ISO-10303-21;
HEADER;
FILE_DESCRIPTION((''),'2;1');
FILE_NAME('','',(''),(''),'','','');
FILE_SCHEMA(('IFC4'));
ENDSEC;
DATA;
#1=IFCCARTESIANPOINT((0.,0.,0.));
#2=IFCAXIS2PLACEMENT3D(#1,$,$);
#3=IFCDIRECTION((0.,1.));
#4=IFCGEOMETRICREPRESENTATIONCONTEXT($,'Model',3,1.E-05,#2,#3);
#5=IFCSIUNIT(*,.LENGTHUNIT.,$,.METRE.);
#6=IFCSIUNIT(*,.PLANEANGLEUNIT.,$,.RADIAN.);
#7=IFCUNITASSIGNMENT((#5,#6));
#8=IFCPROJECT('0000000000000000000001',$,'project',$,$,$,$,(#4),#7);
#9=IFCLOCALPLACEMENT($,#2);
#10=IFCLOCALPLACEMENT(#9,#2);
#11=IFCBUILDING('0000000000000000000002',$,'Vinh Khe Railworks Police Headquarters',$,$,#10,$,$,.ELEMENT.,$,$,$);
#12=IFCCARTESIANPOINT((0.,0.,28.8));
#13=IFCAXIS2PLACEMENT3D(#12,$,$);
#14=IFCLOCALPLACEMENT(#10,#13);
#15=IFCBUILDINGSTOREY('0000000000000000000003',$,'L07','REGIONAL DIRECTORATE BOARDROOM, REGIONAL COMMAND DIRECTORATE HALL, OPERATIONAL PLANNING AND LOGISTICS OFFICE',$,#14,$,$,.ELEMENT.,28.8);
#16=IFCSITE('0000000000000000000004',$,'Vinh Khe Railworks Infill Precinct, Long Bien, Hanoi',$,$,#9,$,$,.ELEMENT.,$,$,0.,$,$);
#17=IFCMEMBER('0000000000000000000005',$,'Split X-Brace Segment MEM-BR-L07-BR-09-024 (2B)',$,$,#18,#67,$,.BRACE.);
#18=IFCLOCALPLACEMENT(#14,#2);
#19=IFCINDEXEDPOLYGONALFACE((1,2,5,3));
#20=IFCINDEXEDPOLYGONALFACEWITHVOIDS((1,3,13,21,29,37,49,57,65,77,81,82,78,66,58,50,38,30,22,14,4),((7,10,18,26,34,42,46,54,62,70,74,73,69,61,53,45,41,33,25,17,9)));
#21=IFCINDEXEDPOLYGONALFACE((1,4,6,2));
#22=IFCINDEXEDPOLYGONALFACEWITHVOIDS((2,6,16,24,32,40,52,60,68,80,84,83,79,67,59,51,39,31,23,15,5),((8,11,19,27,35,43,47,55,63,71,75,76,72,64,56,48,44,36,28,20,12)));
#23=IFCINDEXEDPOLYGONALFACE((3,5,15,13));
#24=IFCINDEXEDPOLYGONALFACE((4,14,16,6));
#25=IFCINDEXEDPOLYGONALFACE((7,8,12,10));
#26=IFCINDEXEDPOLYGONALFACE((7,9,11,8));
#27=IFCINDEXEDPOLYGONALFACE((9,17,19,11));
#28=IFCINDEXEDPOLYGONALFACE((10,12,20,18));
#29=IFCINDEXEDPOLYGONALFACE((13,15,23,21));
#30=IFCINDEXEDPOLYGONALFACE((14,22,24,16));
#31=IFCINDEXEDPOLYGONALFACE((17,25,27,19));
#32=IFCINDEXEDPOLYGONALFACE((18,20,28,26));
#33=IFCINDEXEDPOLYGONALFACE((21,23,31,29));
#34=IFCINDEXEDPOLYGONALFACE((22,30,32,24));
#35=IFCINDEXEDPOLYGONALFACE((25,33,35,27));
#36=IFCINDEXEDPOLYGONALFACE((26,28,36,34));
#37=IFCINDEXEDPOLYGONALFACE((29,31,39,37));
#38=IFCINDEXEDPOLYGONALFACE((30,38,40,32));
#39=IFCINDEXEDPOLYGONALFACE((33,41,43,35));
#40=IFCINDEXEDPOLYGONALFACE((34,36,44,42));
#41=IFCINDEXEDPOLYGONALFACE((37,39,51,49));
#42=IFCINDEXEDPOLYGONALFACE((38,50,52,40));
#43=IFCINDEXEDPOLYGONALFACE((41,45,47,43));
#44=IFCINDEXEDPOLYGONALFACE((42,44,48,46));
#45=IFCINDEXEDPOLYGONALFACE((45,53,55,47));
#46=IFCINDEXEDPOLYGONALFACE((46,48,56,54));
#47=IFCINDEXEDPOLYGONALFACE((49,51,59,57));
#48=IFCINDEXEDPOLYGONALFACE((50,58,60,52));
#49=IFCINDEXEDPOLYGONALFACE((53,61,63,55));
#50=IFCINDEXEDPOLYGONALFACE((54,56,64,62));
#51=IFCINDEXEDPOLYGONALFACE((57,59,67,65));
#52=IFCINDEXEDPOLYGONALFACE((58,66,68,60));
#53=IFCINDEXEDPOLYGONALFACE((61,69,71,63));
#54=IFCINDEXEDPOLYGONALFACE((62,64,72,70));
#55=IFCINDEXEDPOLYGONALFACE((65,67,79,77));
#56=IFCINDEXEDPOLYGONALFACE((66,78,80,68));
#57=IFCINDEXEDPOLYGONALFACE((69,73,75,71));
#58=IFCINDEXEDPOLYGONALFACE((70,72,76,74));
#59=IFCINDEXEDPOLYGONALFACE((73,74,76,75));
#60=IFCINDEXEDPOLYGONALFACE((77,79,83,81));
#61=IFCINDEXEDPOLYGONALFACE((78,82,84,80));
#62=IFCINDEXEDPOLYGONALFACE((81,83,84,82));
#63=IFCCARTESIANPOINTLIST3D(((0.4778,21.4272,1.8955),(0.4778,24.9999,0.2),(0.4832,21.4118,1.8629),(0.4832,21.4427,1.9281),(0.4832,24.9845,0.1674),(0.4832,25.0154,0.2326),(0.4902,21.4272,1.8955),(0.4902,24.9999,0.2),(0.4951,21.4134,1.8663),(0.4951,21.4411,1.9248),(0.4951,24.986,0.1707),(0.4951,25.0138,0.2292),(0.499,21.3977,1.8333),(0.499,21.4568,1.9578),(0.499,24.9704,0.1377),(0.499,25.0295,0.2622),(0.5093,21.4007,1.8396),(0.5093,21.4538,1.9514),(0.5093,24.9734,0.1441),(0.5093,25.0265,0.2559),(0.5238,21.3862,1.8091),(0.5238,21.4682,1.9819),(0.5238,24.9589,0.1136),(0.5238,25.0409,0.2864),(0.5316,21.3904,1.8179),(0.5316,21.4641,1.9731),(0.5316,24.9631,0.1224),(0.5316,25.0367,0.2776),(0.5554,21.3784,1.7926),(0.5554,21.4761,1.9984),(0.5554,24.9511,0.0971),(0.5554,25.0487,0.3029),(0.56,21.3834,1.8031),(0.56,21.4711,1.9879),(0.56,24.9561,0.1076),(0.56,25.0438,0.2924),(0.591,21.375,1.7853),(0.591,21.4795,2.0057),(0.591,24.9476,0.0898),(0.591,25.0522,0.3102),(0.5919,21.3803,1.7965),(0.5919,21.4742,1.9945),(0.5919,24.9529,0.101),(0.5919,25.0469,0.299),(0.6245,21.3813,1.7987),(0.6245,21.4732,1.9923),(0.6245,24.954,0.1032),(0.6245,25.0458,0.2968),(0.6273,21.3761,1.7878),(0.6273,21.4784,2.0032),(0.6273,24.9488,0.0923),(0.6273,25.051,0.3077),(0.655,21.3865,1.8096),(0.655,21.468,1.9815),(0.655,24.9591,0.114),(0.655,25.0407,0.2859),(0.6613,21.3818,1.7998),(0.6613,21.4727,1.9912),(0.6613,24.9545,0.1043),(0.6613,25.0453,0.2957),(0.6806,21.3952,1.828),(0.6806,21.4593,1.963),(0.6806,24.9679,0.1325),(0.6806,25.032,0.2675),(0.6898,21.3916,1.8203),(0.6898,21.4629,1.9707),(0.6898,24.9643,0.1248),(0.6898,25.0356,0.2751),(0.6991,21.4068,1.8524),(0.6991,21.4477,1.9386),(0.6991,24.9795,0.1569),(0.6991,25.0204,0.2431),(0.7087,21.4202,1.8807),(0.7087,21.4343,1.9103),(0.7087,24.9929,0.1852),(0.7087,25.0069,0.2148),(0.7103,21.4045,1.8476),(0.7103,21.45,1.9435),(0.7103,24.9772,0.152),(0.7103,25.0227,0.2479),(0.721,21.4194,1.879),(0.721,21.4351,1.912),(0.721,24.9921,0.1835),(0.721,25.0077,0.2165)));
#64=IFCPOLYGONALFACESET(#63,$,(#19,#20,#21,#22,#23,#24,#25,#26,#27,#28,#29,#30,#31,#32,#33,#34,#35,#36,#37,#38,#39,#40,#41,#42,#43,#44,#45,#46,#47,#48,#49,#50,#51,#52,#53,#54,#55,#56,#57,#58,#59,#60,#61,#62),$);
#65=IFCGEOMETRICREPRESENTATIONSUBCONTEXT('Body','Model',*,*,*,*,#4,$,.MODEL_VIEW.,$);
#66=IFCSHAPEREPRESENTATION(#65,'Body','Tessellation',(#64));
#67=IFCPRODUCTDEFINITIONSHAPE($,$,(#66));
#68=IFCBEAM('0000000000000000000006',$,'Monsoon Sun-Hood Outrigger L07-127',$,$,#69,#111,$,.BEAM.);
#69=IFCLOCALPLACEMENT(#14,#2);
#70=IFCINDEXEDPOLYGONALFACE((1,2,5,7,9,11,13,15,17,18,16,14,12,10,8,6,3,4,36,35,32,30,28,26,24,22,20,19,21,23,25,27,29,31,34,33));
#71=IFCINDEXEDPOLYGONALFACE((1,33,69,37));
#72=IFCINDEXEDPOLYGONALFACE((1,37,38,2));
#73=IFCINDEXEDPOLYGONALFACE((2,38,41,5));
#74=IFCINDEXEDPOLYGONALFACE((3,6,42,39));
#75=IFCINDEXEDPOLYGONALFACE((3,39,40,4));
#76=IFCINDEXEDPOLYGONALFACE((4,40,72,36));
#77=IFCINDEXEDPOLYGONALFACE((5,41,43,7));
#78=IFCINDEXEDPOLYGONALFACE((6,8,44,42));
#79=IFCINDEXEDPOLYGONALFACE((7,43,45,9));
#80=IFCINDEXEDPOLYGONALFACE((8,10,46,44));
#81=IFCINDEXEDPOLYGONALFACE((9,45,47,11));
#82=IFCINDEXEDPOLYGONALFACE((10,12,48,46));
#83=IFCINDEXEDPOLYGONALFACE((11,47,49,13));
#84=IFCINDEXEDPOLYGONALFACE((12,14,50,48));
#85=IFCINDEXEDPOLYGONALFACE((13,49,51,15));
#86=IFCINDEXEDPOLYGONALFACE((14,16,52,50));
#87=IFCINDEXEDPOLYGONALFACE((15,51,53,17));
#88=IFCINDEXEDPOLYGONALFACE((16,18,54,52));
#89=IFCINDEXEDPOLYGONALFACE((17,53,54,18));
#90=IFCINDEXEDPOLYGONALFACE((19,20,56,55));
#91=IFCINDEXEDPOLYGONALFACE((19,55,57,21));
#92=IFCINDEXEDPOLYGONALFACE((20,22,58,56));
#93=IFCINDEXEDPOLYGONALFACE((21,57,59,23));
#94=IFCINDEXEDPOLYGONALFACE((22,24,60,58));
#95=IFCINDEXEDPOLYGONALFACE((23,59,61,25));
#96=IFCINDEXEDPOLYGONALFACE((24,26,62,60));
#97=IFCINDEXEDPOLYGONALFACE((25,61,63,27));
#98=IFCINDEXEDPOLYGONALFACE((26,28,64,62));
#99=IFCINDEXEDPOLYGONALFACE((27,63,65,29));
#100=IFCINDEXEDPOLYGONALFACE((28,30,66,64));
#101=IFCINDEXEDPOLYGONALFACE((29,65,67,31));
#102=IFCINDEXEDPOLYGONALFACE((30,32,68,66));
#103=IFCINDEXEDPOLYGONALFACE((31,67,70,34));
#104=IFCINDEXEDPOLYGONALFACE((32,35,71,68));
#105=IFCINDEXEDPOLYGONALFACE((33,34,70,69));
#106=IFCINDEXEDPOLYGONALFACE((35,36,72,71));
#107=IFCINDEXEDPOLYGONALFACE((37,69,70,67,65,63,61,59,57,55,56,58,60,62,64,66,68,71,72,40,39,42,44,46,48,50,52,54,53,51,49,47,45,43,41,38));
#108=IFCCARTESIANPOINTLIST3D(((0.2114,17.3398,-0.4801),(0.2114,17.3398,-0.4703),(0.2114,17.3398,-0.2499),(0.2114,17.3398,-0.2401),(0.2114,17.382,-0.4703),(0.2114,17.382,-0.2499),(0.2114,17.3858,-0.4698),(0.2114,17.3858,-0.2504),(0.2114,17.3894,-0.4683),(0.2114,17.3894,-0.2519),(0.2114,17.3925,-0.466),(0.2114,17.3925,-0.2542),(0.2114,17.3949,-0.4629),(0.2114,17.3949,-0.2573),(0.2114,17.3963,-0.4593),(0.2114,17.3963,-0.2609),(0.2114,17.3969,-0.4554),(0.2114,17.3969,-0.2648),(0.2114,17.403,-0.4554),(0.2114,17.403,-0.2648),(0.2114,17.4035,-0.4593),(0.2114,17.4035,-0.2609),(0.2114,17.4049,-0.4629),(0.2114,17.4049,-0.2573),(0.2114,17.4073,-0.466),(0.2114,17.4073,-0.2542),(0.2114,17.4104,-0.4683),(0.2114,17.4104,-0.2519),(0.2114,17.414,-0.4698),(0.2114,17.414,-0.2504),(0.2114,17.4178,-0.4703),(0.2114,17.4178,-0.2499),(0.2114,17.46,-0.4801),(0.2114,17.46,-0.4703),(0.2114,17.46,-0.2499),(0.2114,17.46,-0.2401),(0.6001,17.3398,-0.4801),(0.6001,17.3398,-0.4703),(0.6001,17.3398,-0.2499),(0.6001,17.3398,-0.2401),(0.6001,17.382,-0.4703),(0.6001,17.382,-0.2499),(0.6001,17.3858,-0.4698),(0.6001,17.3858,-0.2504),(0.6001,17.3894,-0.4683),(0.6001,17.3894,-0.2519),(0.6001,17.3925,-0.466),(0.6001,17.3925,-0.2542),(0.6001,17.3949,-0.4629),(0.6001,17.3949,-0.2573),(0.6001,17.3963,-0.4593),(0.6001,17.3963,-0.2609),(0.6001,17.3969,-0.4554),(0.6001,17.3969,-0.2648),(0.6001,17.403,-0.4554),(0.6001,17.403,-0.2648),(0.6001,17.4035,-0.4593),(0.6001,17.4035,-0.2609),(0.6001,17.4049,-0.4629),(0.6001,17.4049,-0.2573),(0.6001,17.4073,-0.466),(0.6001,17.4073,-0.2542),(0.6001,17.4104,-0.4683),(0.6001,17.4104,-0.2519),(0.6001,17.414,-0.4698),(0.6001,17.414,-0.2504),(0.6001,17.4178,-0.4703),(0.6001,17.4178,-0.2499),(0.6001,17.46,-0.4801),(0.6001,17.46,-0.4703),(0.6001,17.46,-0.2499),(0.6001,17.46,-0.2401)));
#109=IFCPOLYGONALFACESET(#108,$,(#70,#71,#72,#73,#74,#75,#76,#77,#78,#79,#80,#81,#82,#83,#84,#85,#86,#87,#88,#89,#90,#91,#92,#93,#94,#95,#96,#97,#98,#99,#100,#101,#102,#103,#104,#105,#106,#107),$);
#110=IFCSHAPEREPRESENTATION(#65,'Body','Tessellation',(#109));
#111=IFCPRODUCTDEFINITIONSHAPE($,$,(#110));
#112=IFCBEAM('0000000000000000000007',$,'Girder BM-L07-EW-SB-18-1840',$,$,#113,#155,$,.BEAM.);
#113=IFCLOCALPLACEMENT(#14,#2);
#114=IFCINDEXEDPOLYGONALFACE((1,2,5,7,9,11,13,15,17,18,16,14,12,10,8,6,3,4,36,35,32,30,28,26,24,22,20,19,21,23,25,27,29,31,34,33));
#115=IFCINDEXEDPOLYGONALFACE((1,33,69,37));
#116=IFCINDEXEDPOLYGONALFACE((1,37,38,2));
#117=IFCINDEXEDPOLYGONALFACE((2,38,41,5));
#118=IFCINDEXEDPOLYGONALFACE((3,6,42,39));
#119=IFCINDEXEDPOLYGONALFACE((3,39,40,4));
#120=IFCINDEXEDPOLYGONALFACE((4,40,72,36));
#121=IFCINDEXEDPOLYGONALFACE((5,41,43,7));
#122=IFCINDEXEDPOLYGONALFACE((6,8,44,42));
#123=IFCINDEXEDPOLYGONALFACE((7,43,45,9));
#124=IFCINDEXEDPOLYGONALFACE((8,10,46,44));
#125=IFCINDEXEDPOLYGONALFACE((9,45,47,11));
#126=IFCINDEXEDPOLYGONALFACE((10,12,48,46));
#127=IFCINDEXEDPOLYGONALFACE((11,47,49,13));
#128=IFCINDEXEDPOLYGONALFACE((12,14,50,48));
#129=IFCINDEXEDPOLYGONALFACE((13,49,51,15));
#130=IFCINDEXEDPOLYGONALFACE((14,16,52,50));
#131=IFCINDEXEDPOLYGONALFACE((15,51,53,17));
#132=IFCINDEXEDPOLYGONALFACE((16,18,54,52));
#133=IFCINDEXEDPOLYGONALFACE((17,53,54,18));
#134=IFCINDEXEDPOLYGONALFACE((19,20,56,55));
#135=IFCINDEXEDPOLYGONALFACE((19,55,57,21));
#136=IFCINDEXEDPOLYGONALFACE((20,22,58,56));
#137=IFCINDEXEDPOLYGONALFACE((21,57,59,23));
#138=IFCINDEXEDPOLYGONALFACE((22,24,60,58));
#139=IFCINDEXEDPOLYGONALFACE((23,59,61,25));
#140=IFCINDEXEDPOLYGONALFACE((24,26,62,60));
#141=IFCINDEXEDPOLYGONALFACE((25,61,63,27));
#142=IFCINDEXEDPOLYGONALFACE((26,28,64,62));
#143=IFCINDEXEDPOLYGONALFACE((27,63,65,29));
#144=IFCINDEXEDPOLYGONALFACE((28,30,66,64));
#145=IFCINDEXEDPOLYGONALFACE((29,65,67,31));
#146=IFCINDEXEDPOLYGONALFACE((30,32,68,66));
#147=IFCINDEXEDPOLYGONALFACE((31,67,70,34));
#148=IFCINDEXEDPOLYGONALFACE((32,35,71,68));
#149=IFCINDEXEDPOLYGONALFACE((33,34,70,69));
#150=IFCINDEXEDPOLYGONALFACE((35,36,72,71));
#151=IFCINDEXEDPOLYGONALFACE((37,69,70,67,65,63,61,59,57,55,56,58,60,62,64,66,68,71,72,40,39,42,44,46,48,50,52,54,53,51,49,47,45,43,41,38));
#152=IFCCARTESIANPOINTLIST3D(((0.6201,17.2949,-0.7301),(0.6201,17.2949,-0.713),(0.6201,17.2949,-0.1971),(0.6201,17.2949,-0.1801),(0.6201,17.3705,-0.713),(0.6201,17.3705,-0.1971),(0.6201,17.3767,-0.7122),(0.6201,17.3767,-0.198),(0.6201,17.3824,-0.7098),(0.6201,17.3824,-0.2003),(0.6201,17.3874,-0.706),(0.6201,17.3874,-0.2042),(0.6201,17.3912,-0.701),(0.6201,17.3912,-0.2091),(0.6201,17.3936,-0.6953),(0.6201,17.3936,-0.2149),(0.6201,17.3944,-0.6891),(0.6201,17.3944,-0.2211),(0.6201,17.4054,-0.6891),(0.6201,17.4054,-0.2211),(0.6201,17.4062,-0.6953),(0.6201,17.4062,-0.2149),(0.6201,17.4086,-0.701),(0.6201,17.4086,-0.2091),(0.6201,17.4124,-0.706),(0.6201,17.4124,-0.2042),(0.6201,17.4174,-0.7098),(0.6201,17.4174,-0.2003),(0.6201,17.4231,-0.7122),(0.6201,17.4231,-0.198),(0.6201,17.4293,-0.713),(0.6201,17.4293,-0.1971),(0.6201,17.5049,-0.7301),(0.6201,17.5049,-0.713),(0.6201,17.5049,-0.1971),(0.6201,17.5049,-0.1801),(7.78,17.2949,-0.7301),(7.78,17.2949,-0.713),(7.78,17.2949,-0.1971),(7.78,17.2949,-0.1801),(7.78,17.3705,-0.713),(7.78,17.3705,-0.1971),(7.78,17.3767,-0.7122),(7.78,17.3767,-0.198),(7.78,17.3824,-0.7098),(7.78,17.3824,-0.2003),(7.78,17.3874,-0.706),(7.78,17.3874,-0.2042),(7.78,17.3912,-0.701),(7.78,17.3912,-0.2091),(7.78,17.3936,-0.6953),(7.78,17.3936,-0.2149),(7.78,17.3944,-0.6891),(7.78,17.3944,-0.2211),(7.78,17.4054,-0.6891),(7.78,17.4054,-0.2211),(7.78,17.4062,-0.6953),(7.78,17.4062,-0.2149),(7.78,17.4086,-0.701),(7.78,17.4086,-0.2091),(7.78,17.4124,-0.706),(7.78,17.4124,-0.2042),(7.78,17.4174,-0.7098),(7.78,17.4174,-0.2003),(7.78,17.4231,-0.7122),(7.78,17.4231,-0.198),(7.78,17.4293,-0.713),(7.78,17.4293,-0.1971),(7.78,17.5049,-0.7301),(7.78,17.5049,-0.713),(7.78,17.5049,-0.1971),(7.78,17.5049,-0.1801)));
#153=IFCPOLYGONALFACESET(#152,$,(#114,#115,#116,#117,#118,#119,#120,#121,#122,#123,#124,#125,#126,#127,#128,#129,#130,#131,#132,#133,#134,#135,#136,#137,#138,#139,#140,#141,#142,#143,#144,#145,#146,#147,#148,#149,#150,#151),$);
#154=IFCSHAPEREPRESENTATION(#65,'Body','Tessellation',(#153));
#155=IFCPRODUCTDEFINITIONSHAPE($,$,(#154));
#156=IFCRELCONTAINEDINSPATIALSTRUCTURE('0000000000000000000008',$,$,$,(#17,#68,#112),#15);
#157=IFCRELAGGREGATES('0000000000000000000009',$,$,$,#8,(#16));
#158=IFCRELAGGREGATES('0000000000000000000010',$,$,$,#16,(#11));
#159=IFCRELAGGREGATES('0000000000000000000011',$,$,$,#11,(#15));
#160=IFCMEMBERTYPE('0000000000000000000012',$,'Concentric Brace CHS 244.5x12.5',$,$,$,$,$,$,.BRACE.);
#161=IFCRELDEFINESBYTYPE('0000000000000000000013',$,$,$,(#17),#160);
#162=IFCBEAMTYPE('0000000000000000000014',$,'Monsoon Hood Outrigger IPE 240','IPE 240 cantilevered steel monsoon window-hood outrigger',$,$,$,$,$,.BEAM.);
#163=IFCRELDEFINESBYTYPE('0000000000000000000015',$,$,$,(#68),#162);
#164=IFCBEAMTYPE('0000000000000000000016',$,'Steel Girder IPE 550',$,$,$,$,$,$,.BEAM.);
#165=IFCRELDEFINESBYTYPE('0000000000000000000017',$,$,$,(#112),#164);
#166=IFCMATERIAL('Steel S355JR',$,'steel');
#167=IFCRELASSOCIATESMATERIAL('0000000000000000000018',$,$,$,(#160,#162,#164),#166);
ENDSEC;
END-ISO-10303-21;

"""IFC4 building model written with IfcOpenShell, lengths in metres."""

from ifc_helpers import new_model, si_unit, direction, frame, origin, origin_2d, place, context, subcontext, project, spatial, hollow_circle, i_section, extrude, material, material_profile, profile_set, type_object, element, save


model = new_model("IFC4")

# Units and contexts
model_context = context("Model", 3, precision=1e-05, world=origin(), true_north=direction((0.0, 1.0)))
body_context = subcontext(model_context, "Body", "Model", "MODEL_VIEW")
ifc_project = project(units=[si_unit("LENGTHUNIT", "METRE"), si_unit("PLANEANGLEUNIT", "RADIAN")], contexts=[model_context])

# Site, building, storey
site_placement = place(None, origin())
site = spatial("IfcSite", under=ifc_project, at=site_placement, Name="Vinh Khe Railworks Infill Precinct, Long Bien, Hanoi", CompositionType="ELEMENT", RefElevation=0.0)
building_placement = place(site_placement, origin())
building = spatial("IfcBuilding", under=site, at=building_placement, Name="Vinh Khe Railworks Police Headquarters", CompositionType="ELEMENT")
storey_placement = place(building_placement, frame((0.0, 0.0, 28.8)))
storey = spatial("IfcBuildingStorey", under=building, at=storey_placement, Name="L07", Description="REGIONAL DIRECTORATE BOARDROOM, REGIONAL COMMAND DIRECTORATE HALL, OPERATIONAL PLANNING AND LOGISTICS OFFICE", CompositionType="ELEMENT", Elevation=28.8)

# Shared definitions
ifc_material_1 = material(Name="Steel S355JR", Category="steel")

# Member
ifc_material_profile_1 = material_profile(ifc_material_1, hollow_circle(Radius=0.1223, WallThickness=0.0125, at=origin_2d()), Name="CHS 244.5x12.5")
ifc_profile_set_1 = profile_set([ifc_material_profile_1], Name="Steel S355JR")
member_type = type_object("IfcMemberType", Name="Concentric Brace CHS 244.5x12.5", PredefinedType="BRACE", material=ifc_profile_set_1)
for number, where, z_axis, x_axis, name in (
    (1, (0.6001, 21.4272, 1.8955), (0.0, 0.903425, -0.428747), (-1.0, 0.0, 0.0), "Split X-Brace Segment MEM-BR-L07-BR-09-024 (2B)"),
):
    element("IfcMember", number, at=place(storey_placement, frame(where, z_axis=z_axis, x_axis=x_axis)), inside=storey, type_object=member_type, Name=name, PredefinedType="BRACE", context=body_context, shape_type="SweptSolid", body=[
        extrude(hollow_circle(Radius=0.1223, WallThickness=0.0125, at=origin_2d()), origin(), (0.0, 0.0, 1.0), 3.9546),
    ])

# Beams
ifc_material_profile_2 = material_profile(ifc_material_1, i_section(OverallWidth=0.1201, OverallDepth=0.24, WebThickness=0.0061, FlangeThickness=0.0098, FilletRadius=0.0149, at=origin_2d()), Name="IPE 240")
ifc_profile_set_2 = profile_set([ifc_material_profile_2], Name="Steel S355JR")
beam_type_1 = type_object("IfcBeamType", Name="Monsoon Hood Outrigger IPE 240", Description="IPE 240 cantilevered steel monsoon window-hood outrigger", PredefinedType="BEAM", material=ifc_profile_set_2)
beam_1_placement = place(storey_placement, frame((0.2114, 17.3999, -0.3601), z_axis=(1.0, 0.0, 0.0), x_axis=(0.0, 1.0, 0.0)))
element("IfcBeam", 2, at=beam_1_placement, inside=storey, type_object=beam_type_1, Name="Monsoon Sun-Hood Outrigger L07-127", PredefinedType="BEAM", context=body_context, shape_type="SweptSolid", body=[
    extrude(i_section(OverallWidth=0.1201, OverallDepth=0.24, WebThickness=0.0061, FlangeThickness=0.0098, FilletRadius=0.0149, at=origin_2d()), origin(), (0.0, 0.0, 1.0), 0.3887),
])
ifc_material_profile_3 = material_profile(ifc_material_1, i_section(OverallWidth=0.21, OverallDepth=0.55, WebThickness=0.011, FlangeThickness=0.0171, FilletRadius=0.0239, at=origin_2d()), Name="IPE 550")
ifc_profile_set_3 = profile_set([ifc_material_profile_3], Name="Steel S355JR")
beam_type_2 = type_object("IfcBeamType", Name="Steel Girder IPE 550", PredefinedType="BEAM", material=ifc_profile_set_3)
beam_2_placement = place(storey_placement, frame((0.6201, 17.3999, -0.4551), z_axis=(1.0, 0.0, 0.0), x_axis=(0.0, 1.0, 0.0)))
element("IfcBeam", 3, at=beam_2_placement, inside=storey, type_object=beam_type_2, Name="Girder BM-L07-EW-SB-18-1840", PredefinedType="BEAM", context=body_context, shape_type="SweptSolid", body=[
    extrude(i_section(OverallWidth=0.21, OverallDepth=0.55, WebThickness=0.011, FlangeThickness=0.0171, FilletRadius=0.0239, at=origin_2d()), origin(), (0.0, 0.0, 1.0), 7.1599),
])

save(model, "model.ifc")
